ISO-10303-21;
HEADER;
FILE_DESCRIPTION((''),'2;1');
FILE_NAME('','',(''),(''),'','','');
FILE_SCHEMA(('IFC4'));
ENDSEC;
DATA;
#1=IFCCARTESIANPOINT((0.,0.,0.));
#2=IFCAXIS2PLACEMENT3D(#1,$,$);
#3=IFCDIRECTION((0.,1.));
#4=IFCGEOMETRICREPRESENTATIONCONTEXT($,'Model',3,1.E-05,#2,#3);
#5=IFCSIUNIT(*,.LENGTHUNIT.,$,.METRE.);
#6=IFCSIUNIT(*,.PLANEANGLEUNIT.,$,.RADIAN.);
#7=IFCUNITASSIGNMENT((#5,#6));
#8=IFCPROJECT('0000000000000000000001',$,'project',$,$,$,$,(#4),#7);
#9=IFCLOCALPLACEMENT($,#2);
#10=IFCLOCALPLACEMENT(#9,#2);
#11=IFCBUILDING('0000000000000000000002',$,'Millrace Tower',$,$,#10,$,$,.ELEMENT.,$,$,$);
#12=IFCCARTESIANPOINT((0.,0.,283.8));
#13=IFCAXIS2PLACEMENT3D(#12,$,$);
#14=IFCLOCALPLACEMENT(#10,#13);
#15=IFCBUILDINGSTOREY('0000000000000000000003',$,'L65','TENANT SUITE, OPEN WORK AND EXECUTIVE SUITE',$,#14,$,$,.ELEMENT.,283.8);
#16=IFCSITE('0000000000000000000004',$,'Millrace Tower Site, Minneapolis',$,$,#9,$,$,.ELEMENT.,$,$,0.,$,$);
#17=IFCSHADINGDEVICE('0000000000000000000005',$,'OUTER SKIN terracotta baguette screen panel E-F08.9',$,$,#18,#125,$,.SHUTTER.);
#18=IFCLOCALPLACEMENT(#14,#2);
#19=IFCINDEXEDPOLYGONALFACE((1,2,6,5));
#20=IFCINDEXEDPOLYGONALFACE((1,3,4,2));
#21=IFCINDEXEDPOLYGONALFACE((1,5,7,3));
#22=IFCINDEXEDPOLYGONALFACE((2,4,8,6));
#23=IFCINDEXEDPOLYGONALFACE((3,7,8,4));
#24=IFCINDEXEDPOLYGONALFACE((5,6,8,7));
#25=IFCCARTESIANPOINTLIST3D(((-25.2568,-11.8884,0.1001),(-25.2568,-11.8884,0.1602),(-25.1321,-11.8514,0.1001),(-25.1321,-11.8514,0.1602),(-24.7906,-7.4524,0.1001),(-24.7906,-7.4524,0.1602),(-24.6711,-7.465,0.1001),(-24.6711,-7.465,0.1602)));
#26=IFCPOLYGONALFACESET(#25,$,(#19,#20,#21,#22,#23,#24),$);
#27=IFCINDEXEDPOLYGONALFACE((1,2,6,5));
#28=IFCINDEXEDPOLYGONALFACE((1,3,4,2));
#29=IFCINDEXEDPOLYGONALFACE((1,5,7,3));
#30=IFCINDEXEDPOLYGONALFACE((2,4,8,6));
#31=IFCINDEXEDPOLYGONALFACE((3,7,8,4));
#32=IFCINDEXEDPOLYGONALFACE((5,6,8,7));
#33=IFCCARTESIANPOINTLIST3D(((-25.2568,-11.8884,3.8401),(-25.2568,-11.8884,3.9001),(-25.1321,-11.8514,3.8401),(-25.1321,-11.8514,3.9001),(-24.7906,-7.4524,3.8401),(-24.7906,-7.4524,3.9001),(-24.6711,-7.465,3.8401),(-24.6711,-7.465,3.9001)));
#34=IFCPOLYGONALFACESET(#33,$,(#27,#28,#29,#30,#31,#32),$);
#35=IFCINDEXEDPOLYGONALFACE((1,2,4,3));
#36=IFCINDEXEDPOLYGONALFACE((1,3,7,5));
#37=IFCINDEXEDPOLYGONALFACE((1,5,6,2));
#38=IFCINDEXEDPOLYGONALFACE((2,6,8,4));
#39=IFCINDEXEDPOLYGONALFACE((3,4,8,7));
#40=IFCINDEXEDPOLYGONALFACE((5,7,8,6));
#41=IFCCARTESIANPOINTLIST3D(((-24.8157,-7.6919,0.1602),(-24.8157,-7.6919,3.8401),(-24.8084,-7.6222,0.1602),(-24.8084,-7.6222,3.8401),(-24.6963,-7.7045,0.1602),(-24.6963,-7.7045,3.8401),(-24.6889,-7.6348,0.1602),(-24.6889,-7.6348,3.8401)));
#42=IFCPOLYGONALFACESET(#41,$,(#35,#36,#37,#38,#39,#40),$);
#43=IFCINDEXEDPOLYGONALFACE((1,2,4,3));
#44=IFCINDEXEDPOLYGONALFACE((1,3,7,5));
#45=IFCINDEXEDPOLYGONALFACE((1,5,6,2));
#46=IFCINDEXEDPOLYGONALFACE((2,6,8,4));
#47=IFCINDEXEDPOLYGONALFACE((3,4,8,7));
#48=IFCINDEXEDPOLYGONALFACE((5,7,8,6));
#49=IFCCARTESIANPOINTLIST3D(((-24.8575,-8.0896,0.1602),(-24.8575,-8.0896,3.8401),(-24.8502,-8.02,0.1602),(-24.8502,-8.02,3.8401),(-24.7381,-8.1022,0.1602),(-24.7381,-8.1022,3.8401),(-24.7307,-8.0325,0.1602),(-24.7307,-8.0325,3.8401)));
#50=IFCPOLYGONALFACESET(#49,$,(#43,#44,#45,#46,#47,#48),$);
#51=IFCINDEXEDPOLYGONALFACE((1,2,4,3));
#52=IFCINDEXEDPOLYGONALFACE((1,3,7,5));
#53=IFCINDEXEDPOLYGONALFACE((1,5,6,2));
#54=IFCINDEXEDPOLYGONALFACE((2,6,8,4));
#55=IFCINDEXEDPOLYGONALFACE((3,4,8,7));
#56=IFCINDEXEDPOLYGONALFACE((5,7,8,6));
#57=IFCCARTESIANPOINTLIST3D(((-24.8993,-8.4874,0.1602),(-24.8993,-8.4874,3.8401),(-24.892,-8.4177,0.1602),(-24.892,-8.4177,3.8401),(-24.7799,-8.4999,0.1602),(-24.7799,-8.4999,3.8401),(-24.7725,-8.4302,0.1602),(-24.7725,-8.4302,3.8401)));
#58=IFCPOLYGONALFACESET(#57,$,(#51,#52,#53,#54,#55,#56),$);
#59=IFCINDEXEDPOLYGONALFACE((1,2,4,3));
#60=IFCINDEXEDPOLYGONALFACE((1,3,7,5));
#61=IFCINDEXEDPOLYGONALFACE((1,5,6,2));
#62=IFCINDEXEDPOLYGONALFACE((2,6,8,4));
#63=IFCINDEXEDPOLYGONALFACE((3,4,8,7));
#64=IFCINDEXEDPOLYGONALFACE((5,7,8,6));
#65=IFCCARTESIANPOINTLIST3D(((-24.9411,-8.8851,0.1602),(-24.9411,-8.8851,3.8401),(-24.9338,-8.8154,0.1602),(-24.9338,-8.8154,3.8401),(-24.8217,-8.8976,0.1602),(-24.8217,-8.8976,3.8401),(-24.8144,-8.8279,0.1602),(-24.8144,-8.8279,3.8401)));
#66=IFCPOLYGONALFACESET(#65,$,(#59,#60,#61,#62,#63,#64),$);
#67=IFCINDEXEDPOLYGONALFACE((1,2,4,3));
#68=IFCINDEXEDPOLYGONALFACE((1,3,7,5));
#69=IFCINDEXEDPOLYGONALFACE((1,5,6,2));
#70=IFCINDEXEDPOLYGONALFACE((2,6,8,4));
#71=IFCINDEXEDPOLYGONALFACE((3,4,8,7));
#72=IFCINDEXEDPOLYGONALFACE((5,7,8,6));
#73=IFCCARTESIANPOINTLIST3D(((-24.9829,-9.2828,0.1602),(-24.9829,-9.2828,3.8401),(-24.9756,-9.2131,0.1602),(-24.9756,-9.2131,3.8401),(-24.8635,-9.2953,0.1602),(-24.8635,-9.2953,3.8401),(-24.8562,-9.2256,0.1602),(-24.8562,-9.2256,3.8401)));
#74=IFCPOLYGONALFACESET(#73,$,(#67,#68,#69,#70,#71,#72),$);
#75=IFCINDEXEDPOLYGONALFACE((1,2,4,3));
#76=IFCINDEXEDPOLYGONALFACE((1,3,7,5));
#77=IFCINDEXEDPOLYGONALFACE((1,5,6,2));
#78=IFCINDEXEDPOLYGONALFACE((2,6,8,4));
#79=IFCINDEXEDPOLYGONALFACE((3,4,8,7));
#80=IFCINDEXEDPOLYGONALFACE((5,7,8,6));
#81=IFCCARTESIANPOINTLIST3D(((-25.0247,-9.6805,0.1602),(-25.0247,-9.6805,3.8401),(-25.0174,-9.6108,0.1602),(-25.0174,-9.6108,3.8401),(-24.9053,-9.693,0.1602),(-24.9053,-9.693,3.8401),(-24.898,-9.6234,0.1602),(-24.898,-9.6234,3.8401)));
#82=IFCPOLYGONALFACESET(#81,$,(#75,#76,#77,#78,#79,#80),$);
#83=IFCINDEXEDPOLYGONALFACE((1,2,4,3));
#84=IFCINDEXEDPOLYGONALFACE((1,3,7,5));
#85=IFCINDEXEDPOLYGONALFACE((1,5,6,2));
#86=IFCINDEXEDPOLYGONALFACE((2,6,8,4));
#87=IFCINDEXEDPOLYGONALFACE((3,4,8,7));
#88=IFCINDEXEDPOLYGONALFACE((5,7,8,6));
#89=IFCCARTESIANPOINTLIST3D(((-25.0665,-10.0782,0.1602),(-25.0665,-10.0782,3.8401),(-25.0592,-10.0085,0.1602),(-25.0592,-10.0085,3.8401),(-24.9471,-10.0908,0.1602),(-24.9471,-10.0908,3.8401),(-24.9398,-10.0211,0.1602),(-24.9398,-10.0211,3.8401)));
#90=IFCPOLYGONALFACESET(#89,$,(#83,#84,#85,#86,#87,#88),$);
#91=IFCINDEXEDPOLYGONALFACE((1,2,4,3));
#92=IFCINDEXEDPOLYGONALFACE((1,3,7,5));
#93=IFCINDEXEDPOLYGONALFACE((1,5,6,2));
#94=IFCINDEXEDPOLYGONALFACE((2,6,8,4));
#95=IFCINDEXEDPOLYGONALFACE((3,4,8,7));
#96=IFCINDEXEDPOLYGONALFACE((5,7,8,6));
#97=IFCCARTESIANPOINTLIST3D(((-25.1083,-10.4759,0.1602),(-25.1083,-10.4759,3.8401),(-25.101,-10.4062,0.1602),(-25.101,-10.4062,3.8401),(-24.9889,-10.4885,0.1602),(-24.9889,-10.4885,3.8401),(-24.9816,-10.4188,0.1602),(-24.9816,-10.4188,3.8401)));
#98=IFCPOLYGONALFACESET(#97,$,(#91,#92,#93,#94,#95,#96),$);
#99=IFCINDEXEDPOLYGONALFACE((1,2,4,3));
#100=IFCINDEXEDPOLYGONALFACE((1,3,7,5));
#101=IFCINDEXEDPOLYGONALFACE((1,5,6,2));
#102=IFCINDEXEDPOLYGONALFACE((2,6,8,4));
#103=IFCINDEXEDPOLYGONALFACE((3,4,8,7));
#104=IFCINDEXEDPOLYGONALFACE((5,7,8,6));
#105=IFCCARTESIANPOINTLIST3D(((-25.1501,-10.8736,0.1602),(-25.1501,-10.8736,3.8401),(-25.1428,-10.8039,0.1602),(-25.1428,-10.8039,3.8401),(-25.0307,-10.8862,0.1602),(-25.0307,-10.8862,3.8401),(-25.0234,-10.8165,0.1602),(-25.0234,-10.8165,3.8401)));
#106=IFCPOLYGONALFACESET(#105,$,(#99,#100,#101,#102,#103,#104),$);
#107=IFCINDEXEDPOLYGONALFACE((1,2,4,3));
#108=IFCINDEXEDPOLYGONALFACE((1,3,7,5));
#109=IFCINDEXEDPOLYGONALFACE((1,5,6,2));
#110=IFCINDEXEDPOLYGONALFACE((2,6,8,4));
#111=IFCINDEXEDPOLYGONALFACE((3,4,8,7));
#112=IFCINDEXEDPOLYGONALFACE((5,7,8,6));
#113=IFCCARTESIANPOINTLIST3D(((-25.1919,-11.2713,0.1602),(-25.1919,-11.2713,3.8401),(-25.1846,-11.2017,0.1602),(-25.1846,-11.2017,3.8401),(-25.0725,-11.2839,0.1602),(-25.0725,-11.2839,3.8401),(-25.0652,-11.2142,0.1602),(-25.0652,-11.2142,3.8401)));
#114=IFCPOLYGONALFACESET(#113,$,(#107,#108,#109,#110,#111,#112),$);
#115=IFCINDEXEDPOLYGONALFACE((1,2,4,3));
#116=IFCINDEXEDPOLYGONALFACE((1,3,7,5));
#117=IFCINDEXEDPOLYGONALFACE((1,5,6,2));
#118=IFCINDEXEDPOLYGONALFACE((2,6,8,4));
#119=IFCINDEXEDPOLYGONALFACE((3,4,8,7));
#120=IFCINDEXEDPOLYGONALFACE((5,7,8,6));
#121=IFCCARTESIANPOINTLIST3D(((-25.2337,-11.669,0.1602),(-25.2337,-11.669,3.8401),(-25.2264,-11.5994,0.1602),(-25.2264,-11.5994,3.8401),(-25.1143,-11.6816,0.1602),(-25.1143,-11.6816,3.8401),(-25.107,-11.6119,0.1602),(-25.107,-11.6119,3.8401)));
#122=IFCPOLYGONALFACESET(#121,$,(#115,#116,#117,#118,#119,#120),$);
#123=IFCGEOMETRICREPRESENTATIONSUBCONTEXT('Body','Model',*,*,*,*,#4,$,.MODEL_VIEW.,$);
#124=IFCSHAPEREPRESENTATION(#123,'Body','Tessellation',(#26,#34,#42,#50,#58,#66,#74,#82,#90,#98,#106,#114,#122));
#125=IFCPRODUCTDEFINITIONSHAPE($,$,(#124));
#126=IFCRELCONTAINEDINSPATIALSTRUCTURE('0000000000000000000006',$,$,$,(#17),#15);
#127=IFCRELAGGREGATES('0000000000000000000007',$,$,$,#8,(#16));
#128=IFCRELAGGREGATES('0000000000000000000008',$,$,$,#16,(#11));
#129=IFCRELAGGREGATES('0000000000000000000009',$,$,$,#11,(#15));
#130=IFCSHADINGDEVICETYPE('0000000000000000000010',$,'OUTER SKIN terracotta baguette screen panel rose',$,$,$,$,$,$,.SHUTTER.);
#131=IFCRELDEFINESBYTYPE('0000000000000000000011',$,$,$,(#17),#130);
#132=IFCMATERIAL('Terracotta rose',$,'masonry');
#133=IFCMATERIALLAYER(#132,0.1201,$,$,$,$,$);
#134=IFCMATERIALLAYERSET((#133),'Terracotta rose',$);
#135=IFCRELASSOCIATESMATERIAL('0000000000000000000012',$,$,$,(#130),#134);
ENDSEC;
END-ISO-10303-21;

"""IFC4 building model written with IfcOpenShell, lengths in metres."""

from ifc_helpers import new_model, entity, si_unit, direction, frame, frame_2d, origin, place, context, subcontext, project, spatial, rectangle, extrude, source, transform, mapped, material, layer, layer_set, type_object, element, save


model = new_model("IFC4")

# Units and contexts
model_context = context("Model", 3, precision=1e-05, world=origin(), true_north=direction((0.0, 1.0)))
body_context = subcontext(model_context, "Body", "Model", "MODEL_VIEW")
ifc_project = project(units=[si_unit("LENGTHUNIT", "METRE"), si_unit("PLANEANGLEUNIT", "RADIAN")], contexts=[model_context])

# Site, building, storey
site_placement = place(None, origin())
site = spatial("IfcSite", under=ifc_project, at=site_placement, Name="Millrace Tower Site, Minneapolis", CompositionType="ELEMENT", RefElevation=0.0)
building_placement = place(site_placement, origin())
building = spatial("IfcBuilding", under=site, at=building_placement, Name="Millrace Tower", CompositionType="ELEMENT")
storey_placement = place(building_placement, frame((0.0, 0.0, 283.8)))
storey = spatial("IfcBuildingStorey", under=building, at=storey_placement, Name="L65", Description="TENANT SUITE, OPEN WORK AND EXECUTIVE SUITE", CompositionType="ELEMENT", Elevation=283.8)

# Shading device
ifc_material_1 = material(Name="Terracotta rose", Category="masonry")
ifc_layer_1 = layer(ifc_material_1, 0.1201)
ifc_layer_set_1 = layer_set([ifc_layer_1], Name="Terracotta rose")
shading_device_type = type_object("IfcShadingDeviceType", Name="OUTER SKIN terracotta baguette screen panel rose", PredefinedType="SHUTTER", material=ifc_layer_set_1)
cartesian_point_1 = entity("IfcCartesianPoint", [-2.2178, 0.0601])
shared_polyline_1 = entity("IfcPolyline", [cartesian_point_1, entity("IfcCartesianPoint", [2.1929, 0.0601]), entity("IfcCartesianPoint", [2.2427, -0.0601]), entity("IfcCartesianPoint", [-2.2178, -0.0601]), cartesian_point_1])
shared_shape_1 = source(origin(), body_context, "Body", "SweptSolid", [
    entity("IfcExtrudedAreaSolid", entity("IfcArbitraryClosedProfileDef", "AREA", None, shared_polyline_1), entity("IfcAxis2Placement3D", entity("IfcCartesianPoint", [0.0, 0.0, 0.0])), entity("IfcDirection", [0.0, 0.0, 1.0]), 0.0601),
    entity("IfcExtrudedAreaSolid", entity("IfcArbitraryClosedProfileDef", "AREA", None, shared_polyline_1), entity("IfcAxis2Placement3D", entity("IfcCartesianPoint", [0.0, 0.0, 3.74])), entity("IfcDirection", [0.0, 0.0, 1.0]), 0.0601),
    extrude(rectangle(XDim=0.0701, YDim=0.1201, at=frame_2d((-2.012, 0.0))), frame((0.0, 0.0, 0.0601)), (0.0, 0.0, 1.0), 3.6799),
    extrude(rectangle(XDim=0.0701, YDim=0.1201, at=frame_2d((-1.6121, 0.0))), frame((0.0, 0.0, 0.0601)), (0.0, 0.0, 1.0), 3.6799),
    extrude(rectangle(XDim=0.0701, YDim=0.1201, at=frame_2d((-1.2122, 0.0))), frame((0.0, 0.0, 0.0601)), (0.0, 0.0, 1.0), 3.6799),
    extrude(rectangle(XDim=0.0701, YDim=0.1201, at=frame_2d((-0.8123, 0.0))), frame((0.0, 0.0, 0.0601)), (0.0, 0.0, 1.0), 3.6799),
    extrude(rectangle(XDim=0.0701, YDim=0.1201, at=frame_2d((-0.4124, 0.0))), frame((0.0, 0.0, 0.0601)), (0.0, 0.0, 1.0), 3.6799),
    extrude(rectangle(XDim=0.0701, YDim=0.1201, at=frame_2d((-0.0125, 0.0))), frame((0.0, 0.0, 0.0601)), (0.0, 0.0, 1.0), 3.6799),
    extrude(rectangle(XDim=0.0701, YDim=0.1201, at=frame_2d((0.3875, 0.0))), frame((0.0, 0.0, 0.0601)), (0.0, 0.0, 1.0), 3.6799),
    extrude(rectangle(XDim=0.0701, YDim=0.1201, at=frame_2d((0.7874, 0.0))), frame((0.0, 0.0, 0.0601)), (0.0, 0.0, 1.0), 3.6799),
    extrude(rectangle(XDim=0.0701, YDim=0.1201, at=frame_2d((1.1873, 0.0))), frame((0.0, 0.0, 0.0601)), (0.0, 0.0, 1.0), 3.6799),
    extrude(rectangle(XDim=0.0701, YDim=0.1201, at=frame_2d((1.5872, 0.0))), frame((0.0, 0.0, 0.0601)), (0.0, 0.0, 1.0), 3.6799),
    extrude(rectangle(XDim=0.0701, YDim=0.1201, at=frame_2d((1.9871, 0.0))), frame((0.0, 0.0, 0.0601)), (0.0, 0.0, 1.0), 3.6799),
])
shading_device_placement = place(storey_placement, frame((-24.9626, -9.6643, 0.1001), z_axis=(0.0, 0.0, 1.0), x_axis=(-0.104528, -0.994522, 0.0)))
element("IfcShadingDevice", 1, at=shading_device_placement, inside=storey, type_object=shading_device_type, Name="OUTER SKIN terracotta baguette screen panel E-F08.9", PredefinedType="SHUTTER", context=body_context, shape_type="MappedRepresentation", body=[
    mapped(shared_shape_1, transform((0.0, 0.0, 0.0), scale=1.0)),
])

save(model, "model.ifc")
